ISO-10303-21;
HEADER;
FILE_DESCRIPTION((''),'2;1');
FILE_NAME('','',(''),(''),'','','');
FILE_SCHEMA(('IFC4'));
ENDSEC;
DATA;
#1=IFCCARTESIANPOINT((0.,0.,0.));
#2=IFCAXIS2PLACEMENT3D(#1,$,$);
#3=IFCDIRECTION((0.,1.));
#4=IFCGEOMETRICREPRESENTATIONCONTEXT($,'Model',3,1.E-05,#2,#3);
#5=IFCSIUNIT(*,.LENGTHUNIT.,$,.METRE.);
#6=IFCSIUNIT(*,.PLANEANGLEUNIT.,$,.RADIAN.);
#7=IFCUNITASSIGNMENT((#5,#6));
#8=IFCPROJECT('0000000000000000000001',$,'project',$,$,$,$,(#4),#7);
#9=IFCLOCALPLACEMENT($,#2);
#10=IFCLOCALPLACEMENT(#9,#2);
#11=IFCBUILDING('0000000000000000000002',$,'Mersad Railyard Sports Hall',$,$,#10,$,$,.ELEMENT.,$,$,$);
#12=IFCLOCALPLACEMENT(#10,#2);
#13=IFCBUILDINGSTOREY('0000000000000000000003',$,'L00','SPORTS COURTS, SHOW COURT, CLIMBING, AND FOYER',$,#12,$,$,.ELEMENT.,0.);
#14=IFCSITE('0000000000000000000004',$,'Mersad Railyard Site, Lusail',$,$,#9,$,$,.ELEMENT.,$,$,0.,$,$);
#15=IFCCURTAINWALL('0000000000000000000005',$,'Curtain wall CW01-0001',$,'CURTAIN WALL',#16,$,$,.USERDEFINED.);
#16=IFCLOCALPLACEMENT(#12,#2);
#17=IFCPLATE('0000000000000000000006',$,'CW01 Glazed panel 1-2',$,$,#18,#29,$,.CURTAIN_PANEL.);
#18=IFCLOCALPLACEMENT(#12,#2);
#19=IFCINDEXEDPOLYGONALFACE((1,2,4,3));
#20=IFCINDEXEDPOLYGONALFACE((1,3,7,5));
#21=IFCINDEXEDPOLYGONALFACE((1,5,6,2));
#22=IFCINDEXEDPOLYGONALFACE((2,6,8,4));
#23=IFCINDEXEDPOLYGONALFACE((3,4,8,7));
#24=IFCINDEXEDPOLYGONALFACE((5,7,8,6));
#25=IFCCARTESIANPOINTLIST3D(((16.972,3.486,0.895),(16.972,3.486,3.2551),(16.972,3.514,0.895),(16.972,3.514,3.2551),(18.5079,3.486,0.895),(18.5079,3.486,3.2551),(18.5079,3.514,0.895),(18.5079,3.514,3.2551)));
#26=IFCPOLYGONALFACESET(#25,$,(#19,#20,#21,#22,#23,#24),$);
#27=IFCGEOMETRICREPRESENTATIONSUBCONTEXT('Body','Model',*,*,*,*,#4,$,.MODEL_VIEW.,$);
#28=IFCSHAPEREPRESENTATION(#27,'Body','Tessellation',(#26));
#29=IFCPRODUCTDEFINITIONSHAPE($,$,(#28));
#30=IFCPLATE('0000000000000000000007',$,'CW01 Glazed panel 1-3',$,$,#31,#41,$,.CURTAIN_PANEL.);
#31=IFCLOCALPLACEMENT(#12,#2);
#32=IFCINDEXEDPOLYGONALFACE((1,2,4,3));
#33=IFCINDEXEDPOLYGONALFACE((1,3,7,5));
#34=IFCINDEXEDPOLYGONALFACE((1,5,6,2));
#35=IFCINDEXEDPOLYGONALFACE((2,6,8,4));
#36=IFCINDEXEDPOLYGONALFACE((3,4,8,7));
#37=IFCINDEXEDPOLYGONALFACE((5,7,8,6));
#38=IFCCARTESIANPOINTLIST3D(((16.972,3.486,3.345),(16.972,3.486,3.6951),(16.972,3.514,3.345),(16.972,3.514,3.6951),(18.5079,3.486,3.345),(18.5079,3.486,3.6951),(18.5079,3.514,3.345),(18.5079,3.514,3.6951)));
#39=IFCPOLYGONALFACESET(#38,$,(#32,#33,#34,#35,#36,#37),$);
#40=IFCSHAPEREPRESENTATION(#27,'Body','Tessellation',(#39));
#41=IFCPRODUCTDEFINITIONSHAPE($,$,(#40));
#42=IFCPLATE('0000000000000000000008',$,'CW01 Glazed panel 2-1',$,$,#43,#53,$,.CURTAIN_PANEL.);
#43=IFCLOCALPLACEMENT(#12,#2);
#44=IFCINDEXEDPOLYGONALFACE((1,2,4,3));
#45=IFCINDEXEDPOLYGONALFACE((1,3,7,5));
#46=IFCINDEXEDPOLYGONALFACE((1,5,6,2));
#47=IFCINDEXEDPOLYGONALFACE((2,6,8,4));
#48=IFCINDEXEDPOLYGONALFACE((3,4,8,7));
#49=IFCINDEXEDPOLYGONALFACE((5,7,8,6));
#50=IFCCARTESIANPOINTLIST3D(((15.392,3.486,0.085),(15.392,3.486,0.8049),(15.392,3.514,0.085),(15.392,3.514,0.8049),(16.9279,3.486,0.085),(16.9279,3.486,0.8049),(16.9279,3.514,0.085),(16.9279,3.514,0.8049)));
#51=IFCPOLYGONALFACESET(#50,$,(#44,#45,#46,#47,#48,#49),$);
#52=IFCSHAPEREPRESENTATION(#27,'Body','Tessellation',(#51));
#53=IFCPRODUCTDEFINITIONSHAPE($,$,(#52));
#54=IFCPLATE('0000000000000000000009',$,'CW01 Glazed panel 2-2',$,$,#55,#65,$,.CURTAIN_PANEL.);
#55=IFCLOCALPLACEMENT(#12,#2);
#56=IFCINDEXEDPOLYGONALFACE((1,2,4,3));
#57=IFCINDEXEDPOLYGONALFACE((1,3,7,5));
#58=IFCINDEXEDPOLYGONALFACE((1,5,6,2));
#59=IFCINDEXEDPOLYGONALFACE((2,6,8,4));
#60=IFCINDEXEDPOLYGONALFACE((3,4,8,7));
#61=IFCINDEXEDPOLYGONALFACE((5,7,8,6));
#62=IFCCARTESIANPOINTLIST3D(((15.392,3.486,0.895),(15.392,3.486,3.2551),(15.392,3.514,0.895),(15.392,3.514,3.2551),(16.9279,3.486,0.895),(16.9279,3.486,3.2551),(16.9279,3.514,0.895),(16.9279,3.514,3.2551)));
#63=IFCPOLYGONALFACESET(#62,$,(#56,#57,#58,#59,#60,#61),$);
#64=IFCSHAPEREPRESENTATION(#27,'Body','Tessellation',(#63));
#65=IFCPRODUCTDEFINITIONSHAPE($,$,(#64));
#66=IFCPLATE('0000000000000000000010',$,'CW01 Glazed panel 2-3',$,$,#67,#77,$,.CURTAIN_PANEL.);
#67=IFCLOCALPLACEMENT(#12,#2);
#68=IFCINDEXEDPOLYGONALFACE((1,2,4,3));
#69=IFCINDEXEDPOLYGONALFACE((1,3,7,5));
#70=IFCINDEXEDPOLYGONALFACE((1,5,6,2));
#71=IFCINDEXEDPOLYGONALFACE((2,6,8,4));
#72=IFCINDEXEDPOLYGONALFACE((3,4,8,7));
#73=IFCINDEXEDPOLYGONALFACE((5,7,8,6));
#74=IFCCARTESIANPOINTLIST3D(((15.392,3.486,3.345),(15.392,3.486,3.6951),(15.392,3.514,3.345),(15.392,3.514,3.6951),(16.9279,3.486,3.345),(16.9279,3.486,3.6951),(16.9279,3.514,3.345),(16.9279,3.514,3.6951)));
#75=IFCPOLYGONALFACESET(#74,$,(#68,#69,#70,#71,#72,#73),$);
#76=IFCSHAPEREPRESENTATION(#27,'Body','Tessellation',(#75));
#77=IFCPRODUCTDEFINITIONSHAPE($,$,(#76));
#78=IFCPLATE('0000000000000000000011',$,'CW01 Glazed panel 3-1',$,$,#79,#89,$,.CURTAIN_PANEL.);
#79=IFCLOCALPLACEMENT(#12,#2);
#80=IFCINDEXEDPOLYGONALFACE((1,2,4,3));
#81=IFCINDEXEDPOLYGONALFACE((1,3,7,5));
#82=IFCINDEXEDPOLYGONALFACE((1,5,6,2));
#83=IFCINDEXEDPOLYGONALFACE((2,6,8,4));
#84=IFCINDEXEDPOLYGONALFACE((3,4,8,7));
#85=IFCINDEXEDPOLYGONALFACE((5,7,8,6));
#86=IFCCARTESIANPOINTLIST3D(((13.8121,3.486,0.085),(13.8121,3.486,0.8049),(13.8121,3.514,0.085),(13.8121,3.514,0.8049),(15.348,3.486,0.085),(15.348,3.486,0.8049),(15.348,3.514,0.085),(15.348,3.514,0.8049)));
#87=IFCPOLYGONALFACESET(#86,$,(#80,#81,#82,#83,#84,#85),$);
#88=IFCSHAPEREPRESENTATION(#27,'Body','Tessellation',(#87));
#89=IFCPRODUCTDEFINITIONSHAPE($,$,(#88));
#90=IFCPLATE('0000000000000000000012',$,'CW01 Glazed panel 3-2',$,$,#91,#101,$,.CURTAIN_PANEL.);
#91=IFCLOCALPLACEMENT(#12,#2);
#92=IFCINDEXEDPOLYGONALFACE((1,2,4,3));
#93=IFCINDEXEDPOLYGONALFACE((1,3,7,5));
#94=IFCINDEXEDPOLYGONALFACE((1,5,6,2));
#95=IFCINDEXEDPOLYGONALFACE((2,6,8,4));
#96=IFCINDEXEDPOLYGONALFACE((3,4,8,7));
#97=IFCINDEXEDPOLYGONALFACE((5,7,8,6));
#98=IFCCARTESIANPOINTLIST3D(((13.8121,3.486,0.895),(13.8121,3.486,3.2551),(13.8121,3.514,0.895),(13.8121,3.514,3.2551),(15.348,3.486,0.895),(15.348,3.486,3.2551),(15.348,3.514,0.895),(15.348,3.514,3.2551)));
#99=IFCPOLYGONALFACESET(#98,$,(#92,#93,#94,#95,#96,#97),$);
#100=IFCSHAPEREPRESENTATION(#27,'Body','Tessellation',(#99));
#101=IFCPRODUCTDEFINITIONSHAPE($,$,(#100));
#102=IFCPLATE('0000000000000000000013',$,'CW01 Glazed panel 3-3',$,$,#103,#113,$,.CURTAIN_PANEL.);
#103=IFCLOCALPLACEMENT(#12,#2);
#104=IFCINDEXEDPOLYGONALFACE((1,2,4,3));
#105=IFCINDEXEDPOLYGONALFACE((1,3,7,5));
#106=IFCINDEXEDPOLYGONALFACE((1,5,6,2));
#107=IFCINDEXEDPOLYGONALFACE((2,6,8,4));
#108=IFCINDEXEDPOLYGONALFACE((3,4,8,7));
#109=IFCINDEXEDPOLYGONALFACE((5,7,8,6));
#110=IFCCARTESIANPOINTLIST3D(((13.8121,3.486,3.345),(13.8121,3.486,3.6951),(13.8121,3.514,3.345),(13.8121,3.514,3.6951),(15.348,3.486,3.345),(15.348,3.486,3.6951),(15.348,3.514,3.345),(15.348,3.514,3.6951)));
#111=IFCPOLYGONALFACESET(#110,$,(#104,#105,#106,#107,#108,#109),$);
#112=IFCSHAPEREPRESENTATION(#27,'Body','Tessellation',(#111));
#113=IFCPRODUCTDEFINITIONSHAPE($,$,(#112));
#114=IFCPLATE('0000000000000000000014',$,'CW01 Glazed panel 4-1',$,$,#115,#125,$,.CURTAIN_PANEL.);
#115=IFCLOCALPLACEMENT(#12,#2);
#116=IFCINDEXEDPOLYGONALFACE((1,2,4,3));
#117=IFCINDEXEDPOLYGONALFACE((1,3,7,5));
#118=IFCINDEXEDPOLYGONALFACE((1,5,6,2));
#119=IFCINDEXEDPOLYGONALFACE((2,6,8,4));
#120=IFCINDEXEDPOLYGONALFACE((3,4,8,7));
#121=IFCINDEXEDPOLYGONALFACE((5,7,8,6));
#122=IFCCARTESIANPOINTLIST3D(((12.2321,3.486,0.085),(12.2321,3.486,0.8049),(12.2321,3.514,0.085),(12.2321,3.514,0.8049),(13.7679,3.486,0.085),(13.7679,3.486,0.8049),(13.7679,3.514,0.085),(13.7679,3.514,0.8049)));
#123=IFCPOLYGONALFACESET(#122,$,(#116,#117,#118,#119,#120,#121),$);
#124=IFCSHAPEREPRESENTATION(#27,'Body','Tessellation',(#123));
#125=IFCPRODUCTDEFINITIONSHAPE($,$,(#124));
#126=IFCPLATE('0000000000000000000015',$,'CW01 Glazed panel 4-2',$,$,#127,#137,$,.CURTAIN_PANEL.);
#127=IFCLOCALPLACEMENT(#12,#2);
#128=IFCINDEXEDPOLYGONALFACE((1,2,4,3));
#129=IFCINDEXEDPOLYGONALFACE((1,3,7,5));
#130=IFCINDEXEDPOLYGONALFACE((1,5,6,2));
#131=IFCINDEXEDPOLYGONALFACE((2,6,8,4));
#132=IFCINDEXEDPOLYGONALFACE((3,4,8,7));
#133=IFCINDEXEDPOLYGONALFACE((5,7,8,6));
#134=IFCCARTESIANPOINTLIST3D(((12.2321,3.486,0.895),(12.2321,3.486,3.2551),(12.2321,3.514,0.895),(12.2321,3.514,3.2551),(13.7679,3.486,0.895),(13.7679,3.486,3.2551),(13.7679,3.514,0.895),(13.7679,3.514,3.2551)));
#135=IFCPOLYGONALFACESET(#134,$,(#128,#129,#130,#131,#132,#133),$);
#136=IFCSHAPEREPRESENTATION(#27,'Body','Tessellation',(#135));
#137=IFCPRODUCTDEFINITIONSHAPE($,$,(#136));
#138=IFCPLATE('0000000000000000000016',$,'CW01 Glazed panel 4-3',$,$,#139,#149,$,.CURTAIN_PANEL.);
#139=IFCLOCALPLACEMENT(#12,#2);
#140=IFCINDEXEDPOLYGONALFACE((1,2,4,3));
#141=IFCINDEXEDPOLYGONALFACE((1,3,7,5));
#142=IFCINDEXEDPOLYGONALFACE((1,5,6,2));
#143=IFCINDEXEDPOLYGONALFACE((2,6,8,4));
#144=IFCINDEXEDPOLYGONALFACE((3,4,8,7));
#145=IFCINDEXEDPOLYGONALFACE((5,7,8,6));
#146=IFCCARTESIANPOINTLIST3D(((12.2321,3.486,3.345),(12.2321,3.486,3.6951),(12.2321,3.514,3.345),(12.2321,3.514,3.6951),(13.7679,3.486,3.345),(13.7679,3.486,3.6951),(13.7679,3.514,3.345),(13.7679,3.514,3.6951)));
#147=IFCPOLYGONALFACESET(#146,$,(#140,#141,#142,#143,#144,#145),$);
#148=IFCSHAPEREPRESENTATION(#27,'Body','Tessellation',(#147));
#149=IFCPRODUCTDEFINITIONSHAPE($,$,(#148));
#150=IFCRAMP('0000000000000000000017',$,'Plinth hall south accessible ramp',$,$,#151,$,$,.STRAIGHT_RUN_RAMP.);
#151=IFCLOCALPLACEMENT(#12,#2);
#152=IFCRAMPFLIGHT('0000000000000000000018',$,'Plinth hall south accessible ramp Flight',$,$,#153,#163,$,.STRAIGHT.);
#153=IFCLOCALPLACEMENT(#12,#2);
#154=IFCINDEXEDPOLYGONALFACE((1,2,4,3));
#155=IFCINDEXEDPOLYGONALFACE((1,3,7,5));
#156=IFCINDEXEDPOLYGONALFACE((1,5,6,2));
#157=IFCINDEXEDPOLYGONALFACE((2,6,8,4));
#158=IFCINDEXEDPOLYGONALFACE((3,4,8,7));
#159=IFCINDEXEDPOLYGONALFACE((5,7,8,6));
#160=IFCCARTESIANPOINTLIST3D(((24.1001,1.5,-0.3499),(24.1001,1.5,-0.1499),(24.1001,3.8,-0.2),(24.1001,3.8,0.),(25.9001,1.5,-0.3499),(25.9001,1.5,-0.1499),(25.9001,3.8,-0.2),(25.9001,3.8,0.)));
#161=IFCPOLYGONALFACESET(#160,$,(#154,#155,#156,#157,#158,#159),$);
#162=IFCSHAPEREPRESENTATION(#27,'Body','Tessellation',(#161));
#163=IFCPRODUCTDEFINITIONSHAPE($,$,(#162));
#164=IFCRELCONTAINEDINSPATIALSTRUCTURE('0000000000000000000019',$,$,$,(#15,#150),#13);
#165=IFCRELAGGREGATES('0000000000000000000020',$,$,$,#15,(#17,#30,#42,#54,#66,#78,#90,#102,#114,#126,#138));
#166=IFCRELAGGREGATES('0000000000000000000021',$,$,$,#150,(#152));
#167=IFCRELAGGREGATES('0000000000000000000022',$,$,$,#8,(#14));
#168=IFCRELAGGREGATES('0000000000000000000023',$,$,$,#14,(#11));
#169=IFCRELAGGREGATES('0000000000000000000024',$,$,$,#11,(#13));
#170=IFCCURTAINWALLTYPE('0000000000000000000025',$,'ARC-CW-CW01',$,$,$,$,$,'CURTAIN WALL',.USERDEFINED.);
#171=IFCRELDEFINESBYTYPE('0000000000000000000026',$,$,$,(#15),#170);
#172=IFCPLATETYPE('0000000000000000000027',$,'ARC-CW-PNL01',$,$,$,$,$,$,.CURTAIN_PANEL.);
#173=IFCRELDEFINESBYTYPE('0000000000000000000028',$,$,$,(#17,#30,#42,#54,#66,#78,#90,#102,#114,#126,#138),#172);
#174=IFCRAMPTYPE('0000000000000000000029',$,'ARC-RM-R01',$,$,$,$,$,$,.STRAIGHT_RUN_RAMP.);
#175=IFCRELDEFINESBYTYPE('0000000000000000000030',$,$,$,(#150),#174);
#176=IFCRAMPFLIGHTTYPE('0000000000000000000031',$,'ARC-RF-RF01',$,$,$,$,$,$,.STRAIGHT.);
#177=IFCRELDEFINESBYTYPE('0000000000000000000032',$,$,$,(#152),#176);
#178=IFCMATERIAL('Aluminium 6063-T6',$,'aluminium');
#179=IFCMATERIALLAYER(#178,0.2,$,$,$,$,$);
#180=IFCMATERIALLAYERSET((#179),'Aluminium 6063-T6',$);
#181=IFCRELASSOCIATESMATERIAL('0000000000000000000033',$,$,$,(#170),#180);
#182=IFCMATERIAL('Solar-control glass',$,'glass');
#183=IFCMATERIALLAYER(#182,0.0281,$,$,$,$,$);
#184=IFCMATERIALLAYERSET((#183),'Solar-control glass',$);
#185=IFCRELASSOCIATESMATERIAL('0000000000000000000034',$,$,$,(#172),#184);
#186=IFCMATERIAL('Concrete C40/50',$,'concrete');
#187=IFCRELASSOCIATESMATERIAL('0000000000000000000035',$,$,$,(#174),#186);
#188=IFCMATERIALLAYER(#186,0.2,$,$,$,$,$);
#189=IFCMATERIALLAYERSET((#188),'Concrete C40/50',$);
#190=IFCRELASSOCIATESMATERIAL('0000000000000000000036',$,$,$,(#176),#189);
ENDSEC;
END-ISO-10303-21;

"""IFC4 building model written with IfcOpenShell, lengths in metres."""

from ifc_helpers import new_model, si_unit, direction, frame, origin, origin_2d, place, context, subcontext, project, spatial, polyline, rectangle, outline, extrude, material, layer, layer_set, type_object, element, aggregate, save


model = new_model("IFC4")

# Units and contexts
model_context = context("Model", 3, precision=1e-05, world=origin(), true_north=direction((0.0, 1.0)))
body_context = subcontext(model_context, "Body", "Model", "MODEL_VIEW")
ifc_project = project(units=[si_unit("LENGTHUNIT", "METRE"), si_unit("PLANEANGLEUNIT", "RADIAN")], contexts=[model_context])

# Site, building, storey
site_placement = place(None, origin())
site = spatial("IfcSite", under=ifc_project, at=site_placement, Name="Mersad Railyard Site, Lusail", CompositionType="ELEMENT", RefElevation=0.0)
building_placement = place(site_placement, origin())
building = spatial("IfcBuilding", under=site, at=building_placement, Name="Mersad Railyard Sports Hall", CompositionType="ELEMENT")
storey_placement = place(building_placement, origin())
storey = spatial("IfcBuildingStorey", under=building, at=storey_placement, Name="L00", Description="SPORTS COURTS, SHOW COURT, CLIMBING, AND FOYER", CompositionType="ELEMENT", Elevation=0.0)

# Curtain wall, plates
ifc_material_1 = material(Name="Aluminium 6063-T6", Category="aluminium")
ifc_layer_1 = layer(ifc_material_1, 0.2)
ifc_layer_set_1 = layer_set([ifc_layer_1], Name="Aluminium 6063-T6")
curtain_wall_type = type_object("IfcCurtainWallType", Name="ARC-CW-CW01", ElementType="CURTAIN WALL", PredefinedType="USERDEFINED", material=ifc_layer_set_1)
curtain_wall_placement = place(storey_placement, origin())
curtain_wall = element("IfcCurtainWall", 1, at=curtain_wall_placement, inside=storey, type_object=curtain_wall_type, Name="Curtain wall CW01-0001", ObjectType="CURTAIN WALL", PredefinedType="USERDEFINED")
ifc_material_2 = material(Name="Solar-control glass", Category="glass")
ifc_layer_2 = layer(ifc_material_2, 0.0281)
ifc_layer_set_2 = layer_set([ifc_layer_2], Name="Solar-control glass")
plate_type = type_object("IfcPlateType", Name="ARC-CW-PNL01", PredefinedType="CURTAIN_PANEL", material=ifc_layer_set_2)
plate_1_placement = place(storey_placement, frame((17.74, 3.5, 0.895), z_axis=(0.0, 0.0, 1.0), x_axis=(-1.0, 0.0, 0.0)))
plate_1 = element("IfcPlate", 2, at=plate_1_placement, type_object=plate_type, Name="CW01 Glazed panel 1-2", PredefinedType="CURTAIN_PANEL", context=body_context, shape_type="SweptSolid", body=[
    extrude(rectangle(XDim=1.5359, YDim=0.0281, at=origin_2d()), origin(), (0.0, 0.0, 1.0), 2.3601),
])
plate_2_placement = place(storey_placement, frame((17.74, 3.5, 3.345), z_axis=(0.0, 0.0, 1.0), x_axis=(-1.0, 0.0, 0.0)))
plate_2 = element("IfcPlate", 3, at=plate_2_placement, type_object=plate_type, Name="CW01 Glazed panel 1-3", PredefinedType="CURTAIN_PANEL", context=body_context, shape_type="SweptSolid", body=[
    extrude(rectangle(XDim=1.5359, YDim=0.0281, at=origin_2d()), origin(), (0.0, 0.0, 1.0), 0.3501),
])
plate_3_placement = place(storey_placement, frame((16.1599, 3.5, 0.085), z_axis=(0.0, 0.0, 1.0), x_axis=(-1.0, 0.0, 0.0)))
plate_3 = element("IfcPlate", 4, at=plate_3_placement, type_object=plate_type, Name="CW01 Glazed panel 2-1", PredefinedType="CURTAIN_PANEL", context=body_context, shape_type="SweptSolid", body=[
    extrude(rectangle(XDim=1.5359, YDim=0.0281, at=origin_2d()), origin(), (0.0, 0.0, 1.0), 0.72),
])
plate_4_placement = place(storey_placement, frame((16.1599, 3.5, 0.895), z_axis=(0.0, 0.0, 1.0), x_axis=(-1.0, 0.0, 0.0)))
plate_4 = element("IfcPlate", 5, at=plate_4_placement, type_object=plate_type, Name="CW01 Glazed panel 2-2", PredefinedType="CURTAIN_PANEL", context=body_context, shape_type="SweptSolid", body=[
    extrude(rectangle(XDim=1.5359, YDim=0.0281, at=origin_2d()), origin(), (0.0, 0.0, 1.0), 2.3601),
])
plate_5_placement = place(storey_placement, frame((16.1599, 3.5, 3.345), z_axis=(0.0, 0.0, 1.0), x_axis=(-1.0, 0.0, 0.0)))
plate_5 = element("IfcPlate", 6, at=plate_5_placement, type_object=plate_type, Name="CW01 Glazed panel 2-3", PredefinedType="CURTAIN_PANEL", context=body_context, shape_type="SweptSolid", body=[
    extrude(rectangle(XDim=1.5359, YDim=0.0281, at=origin_2d()), origin(), (0.0, 0.0, 1.0), 0.3501),
])
plate_6_placement = place(storey_placement, frame((14.5801, 3.5, 0.085), z_axis=(0.0, 0.0, 1.0), x_axis=(-1.0, 0.0, 0.0)))
plate_6 = element("IfcPlate", 7, at=plate_6_placement, type_object=plate_type, Name="CW01 Glazed panel 3-1", PredefinedType="CURTAIN_PANEL", context=body_context, shape_type="SweptSolid", body=[
    extrude(rectangle(XDim=1.5359, YDim=0.0281, at=origin_2d()), origin(), (0.0, 0.0, 1.0), 0.72),
])
plate_7_placement = place(storey_placement, frame((14.5801, 3.5, 0.895), z_axis=(0.0, 0.0, 1.0), x_axis=(-1.0, 0.0, 0.0)))
plate_7 = element("IfcPlate", 8, at=plate_7_placement, type_object=plate_type, Name="CW01 Glazed panel 3-2", PredefinedType="CURTAIN_PANEL", context=body_context, shape_type="SweptSolid", body=[
    extrude(rectangle(XDim=1.5359, YDim=0.0281, at=origin_2d()), origin(), (0.0, 0.0, 1.0), 2.3601),
])
plate_8_placement = place(storey_placement, frame((14.5801, 3.5, 3.345), z_axis=(0.0, 0.0, 1.0), x_axis=(-1.0, 0.0, 0.0)))
plate_8 = element("IfcPlate", 9, at=plate_8_placement, type_object=plate_type, Name="CW01 Glazed panel 3-3", PredefinedType="CURTAIN_PANEL", context=body_context, shape_type="SweptSolid", body=[
    extrude(rectangle(XDim=1.5359, YDim=0.0281, at=origin_2d()), origin(), (0.0, 0.0, 1.0), 0.3501),
])
plate_9_placement = place(storey_placement, frame((13.0, 3.5, 0.085), z_axis=(0.0, 0.0, 1.0), x_axis=(-1.0, 0.0, 0.0)))
plate_9 = element("IfcPlate", 10, at=plate_9_placement, type_object=plate_type, Name="CW01 Glazed panel 4-1", PredefinedType="CURTAIN_PANEL", context=body_context, shape_type="SweptSolid", body=[
    extrude(rectangle(XDim=1.5359, YDim=0.0281, at=origin_2d()), origin(), (0.0, 0.0, 1.0), 0.72),
])
plate_10_placement = place(storey_placement, frame((13.0, 3.5, 0.895), z_axis=(0.0, 0.0, 1.0), x_axis=(-1.0, 0.0, 0.0)))
plate_10 = element("IfcPlate", 11, at=plate_10_placement, type_object=plate_type, Name="CW01 Glazed panel 4-2", PredefinedType="CURTAIN_PANEL", context=body_context, shape_type="SweptSolid", body=[
    extrude(rectangle(XDim=1.5359, YDim=0.0281, at=origin_2d()), origin(), (0.0, 0.0, 1.0), 2.3601),
])
plate_11_placement = place(storey_placement, frame((13.0, 3.5, 3.345), z_axis=(0.0, 0.0, 1.0), x_axis=(-1.0, 0.0, 0.0)))
plate_11 = element("IfcPlate", 12, at=plate_11_placement, type_object=plate_type, Name="CW01 Glazed panel 4-3", PredefinedType="CURTAIN_PANEL", context=body_context, shape_type="SweptSolid", body=[
    extrude(rectangle(XDim=1.5359, YDim=0.0281, at=origin_2d()), origin(), (0.0, 0.0, 1.0), 0.3501),
])
aggregate(curtain_wall, [plate_1, plate_2, plate_3, plate_4, plate_5, plate_6, plate_7, plate_8, plate_9, plate_10, plate_11])

# Ramp, ramp flight
ifc_material_3 = material(Name="Concrete C40/50", Category="concrete")
ramp_type = type_object("IfcRampType", Name="ARC-RM-R01", PredefinedType="STRAIGHT_RUN_RAMP", material=ifc_material_3)
ramp_placement = place(storey_placement, origin())
ramp = element("IfcRamp", 13, at=ramp_placement, inside=storey, type_object=ramp_type, Name="Plinth hall south accessible ramp", PredefinedType="STRAIGHT_RUN_RAMP")
ifc_layer_3 = layer(ifc_material_3, 0.2)
ifc_layer_set_3 = layer_set([ifc_layer_3], Name="Concrete C40/50")
ramp_flight_type = type_object("IfcRampFlightType", Name="ARC-RF-RF01", PredefinedType="STRAIGHT", material=ifc_layer_set_3)
ramp_flight_placement = place(storey_placement, frame((25.0, 1.5, -0.1499), z_axis=(0.0, 0.0, 1.0), x_axis=(0.0, 1.0, 0.0)))
ramp_flight = element("IfcRampFlight", 14, at=ramp_flight_placement, type_object=ramp_flight_type, Name="Plinth hall south accessible ramp Flight", PredefinedType="STRAIGHT", context=body_context, shape_type="SweptSolid", body=[
    extrude(outline(polyline([(0.0, -0.2), (0.0, 0.0), (2.3, 0.1499), (2.3, -0.05), (0.0, -0.2)])), frame((0.0, 0.8999, 0.0), z_axis=(0.0, -1.0, 0.0), x_axis=(1.0, 0.0, 0.0)), (0.0, 0.0, 1.0), 1.8),
])
aggregate(ramp, [ramp_flight])

save(model, "model.ifc")
